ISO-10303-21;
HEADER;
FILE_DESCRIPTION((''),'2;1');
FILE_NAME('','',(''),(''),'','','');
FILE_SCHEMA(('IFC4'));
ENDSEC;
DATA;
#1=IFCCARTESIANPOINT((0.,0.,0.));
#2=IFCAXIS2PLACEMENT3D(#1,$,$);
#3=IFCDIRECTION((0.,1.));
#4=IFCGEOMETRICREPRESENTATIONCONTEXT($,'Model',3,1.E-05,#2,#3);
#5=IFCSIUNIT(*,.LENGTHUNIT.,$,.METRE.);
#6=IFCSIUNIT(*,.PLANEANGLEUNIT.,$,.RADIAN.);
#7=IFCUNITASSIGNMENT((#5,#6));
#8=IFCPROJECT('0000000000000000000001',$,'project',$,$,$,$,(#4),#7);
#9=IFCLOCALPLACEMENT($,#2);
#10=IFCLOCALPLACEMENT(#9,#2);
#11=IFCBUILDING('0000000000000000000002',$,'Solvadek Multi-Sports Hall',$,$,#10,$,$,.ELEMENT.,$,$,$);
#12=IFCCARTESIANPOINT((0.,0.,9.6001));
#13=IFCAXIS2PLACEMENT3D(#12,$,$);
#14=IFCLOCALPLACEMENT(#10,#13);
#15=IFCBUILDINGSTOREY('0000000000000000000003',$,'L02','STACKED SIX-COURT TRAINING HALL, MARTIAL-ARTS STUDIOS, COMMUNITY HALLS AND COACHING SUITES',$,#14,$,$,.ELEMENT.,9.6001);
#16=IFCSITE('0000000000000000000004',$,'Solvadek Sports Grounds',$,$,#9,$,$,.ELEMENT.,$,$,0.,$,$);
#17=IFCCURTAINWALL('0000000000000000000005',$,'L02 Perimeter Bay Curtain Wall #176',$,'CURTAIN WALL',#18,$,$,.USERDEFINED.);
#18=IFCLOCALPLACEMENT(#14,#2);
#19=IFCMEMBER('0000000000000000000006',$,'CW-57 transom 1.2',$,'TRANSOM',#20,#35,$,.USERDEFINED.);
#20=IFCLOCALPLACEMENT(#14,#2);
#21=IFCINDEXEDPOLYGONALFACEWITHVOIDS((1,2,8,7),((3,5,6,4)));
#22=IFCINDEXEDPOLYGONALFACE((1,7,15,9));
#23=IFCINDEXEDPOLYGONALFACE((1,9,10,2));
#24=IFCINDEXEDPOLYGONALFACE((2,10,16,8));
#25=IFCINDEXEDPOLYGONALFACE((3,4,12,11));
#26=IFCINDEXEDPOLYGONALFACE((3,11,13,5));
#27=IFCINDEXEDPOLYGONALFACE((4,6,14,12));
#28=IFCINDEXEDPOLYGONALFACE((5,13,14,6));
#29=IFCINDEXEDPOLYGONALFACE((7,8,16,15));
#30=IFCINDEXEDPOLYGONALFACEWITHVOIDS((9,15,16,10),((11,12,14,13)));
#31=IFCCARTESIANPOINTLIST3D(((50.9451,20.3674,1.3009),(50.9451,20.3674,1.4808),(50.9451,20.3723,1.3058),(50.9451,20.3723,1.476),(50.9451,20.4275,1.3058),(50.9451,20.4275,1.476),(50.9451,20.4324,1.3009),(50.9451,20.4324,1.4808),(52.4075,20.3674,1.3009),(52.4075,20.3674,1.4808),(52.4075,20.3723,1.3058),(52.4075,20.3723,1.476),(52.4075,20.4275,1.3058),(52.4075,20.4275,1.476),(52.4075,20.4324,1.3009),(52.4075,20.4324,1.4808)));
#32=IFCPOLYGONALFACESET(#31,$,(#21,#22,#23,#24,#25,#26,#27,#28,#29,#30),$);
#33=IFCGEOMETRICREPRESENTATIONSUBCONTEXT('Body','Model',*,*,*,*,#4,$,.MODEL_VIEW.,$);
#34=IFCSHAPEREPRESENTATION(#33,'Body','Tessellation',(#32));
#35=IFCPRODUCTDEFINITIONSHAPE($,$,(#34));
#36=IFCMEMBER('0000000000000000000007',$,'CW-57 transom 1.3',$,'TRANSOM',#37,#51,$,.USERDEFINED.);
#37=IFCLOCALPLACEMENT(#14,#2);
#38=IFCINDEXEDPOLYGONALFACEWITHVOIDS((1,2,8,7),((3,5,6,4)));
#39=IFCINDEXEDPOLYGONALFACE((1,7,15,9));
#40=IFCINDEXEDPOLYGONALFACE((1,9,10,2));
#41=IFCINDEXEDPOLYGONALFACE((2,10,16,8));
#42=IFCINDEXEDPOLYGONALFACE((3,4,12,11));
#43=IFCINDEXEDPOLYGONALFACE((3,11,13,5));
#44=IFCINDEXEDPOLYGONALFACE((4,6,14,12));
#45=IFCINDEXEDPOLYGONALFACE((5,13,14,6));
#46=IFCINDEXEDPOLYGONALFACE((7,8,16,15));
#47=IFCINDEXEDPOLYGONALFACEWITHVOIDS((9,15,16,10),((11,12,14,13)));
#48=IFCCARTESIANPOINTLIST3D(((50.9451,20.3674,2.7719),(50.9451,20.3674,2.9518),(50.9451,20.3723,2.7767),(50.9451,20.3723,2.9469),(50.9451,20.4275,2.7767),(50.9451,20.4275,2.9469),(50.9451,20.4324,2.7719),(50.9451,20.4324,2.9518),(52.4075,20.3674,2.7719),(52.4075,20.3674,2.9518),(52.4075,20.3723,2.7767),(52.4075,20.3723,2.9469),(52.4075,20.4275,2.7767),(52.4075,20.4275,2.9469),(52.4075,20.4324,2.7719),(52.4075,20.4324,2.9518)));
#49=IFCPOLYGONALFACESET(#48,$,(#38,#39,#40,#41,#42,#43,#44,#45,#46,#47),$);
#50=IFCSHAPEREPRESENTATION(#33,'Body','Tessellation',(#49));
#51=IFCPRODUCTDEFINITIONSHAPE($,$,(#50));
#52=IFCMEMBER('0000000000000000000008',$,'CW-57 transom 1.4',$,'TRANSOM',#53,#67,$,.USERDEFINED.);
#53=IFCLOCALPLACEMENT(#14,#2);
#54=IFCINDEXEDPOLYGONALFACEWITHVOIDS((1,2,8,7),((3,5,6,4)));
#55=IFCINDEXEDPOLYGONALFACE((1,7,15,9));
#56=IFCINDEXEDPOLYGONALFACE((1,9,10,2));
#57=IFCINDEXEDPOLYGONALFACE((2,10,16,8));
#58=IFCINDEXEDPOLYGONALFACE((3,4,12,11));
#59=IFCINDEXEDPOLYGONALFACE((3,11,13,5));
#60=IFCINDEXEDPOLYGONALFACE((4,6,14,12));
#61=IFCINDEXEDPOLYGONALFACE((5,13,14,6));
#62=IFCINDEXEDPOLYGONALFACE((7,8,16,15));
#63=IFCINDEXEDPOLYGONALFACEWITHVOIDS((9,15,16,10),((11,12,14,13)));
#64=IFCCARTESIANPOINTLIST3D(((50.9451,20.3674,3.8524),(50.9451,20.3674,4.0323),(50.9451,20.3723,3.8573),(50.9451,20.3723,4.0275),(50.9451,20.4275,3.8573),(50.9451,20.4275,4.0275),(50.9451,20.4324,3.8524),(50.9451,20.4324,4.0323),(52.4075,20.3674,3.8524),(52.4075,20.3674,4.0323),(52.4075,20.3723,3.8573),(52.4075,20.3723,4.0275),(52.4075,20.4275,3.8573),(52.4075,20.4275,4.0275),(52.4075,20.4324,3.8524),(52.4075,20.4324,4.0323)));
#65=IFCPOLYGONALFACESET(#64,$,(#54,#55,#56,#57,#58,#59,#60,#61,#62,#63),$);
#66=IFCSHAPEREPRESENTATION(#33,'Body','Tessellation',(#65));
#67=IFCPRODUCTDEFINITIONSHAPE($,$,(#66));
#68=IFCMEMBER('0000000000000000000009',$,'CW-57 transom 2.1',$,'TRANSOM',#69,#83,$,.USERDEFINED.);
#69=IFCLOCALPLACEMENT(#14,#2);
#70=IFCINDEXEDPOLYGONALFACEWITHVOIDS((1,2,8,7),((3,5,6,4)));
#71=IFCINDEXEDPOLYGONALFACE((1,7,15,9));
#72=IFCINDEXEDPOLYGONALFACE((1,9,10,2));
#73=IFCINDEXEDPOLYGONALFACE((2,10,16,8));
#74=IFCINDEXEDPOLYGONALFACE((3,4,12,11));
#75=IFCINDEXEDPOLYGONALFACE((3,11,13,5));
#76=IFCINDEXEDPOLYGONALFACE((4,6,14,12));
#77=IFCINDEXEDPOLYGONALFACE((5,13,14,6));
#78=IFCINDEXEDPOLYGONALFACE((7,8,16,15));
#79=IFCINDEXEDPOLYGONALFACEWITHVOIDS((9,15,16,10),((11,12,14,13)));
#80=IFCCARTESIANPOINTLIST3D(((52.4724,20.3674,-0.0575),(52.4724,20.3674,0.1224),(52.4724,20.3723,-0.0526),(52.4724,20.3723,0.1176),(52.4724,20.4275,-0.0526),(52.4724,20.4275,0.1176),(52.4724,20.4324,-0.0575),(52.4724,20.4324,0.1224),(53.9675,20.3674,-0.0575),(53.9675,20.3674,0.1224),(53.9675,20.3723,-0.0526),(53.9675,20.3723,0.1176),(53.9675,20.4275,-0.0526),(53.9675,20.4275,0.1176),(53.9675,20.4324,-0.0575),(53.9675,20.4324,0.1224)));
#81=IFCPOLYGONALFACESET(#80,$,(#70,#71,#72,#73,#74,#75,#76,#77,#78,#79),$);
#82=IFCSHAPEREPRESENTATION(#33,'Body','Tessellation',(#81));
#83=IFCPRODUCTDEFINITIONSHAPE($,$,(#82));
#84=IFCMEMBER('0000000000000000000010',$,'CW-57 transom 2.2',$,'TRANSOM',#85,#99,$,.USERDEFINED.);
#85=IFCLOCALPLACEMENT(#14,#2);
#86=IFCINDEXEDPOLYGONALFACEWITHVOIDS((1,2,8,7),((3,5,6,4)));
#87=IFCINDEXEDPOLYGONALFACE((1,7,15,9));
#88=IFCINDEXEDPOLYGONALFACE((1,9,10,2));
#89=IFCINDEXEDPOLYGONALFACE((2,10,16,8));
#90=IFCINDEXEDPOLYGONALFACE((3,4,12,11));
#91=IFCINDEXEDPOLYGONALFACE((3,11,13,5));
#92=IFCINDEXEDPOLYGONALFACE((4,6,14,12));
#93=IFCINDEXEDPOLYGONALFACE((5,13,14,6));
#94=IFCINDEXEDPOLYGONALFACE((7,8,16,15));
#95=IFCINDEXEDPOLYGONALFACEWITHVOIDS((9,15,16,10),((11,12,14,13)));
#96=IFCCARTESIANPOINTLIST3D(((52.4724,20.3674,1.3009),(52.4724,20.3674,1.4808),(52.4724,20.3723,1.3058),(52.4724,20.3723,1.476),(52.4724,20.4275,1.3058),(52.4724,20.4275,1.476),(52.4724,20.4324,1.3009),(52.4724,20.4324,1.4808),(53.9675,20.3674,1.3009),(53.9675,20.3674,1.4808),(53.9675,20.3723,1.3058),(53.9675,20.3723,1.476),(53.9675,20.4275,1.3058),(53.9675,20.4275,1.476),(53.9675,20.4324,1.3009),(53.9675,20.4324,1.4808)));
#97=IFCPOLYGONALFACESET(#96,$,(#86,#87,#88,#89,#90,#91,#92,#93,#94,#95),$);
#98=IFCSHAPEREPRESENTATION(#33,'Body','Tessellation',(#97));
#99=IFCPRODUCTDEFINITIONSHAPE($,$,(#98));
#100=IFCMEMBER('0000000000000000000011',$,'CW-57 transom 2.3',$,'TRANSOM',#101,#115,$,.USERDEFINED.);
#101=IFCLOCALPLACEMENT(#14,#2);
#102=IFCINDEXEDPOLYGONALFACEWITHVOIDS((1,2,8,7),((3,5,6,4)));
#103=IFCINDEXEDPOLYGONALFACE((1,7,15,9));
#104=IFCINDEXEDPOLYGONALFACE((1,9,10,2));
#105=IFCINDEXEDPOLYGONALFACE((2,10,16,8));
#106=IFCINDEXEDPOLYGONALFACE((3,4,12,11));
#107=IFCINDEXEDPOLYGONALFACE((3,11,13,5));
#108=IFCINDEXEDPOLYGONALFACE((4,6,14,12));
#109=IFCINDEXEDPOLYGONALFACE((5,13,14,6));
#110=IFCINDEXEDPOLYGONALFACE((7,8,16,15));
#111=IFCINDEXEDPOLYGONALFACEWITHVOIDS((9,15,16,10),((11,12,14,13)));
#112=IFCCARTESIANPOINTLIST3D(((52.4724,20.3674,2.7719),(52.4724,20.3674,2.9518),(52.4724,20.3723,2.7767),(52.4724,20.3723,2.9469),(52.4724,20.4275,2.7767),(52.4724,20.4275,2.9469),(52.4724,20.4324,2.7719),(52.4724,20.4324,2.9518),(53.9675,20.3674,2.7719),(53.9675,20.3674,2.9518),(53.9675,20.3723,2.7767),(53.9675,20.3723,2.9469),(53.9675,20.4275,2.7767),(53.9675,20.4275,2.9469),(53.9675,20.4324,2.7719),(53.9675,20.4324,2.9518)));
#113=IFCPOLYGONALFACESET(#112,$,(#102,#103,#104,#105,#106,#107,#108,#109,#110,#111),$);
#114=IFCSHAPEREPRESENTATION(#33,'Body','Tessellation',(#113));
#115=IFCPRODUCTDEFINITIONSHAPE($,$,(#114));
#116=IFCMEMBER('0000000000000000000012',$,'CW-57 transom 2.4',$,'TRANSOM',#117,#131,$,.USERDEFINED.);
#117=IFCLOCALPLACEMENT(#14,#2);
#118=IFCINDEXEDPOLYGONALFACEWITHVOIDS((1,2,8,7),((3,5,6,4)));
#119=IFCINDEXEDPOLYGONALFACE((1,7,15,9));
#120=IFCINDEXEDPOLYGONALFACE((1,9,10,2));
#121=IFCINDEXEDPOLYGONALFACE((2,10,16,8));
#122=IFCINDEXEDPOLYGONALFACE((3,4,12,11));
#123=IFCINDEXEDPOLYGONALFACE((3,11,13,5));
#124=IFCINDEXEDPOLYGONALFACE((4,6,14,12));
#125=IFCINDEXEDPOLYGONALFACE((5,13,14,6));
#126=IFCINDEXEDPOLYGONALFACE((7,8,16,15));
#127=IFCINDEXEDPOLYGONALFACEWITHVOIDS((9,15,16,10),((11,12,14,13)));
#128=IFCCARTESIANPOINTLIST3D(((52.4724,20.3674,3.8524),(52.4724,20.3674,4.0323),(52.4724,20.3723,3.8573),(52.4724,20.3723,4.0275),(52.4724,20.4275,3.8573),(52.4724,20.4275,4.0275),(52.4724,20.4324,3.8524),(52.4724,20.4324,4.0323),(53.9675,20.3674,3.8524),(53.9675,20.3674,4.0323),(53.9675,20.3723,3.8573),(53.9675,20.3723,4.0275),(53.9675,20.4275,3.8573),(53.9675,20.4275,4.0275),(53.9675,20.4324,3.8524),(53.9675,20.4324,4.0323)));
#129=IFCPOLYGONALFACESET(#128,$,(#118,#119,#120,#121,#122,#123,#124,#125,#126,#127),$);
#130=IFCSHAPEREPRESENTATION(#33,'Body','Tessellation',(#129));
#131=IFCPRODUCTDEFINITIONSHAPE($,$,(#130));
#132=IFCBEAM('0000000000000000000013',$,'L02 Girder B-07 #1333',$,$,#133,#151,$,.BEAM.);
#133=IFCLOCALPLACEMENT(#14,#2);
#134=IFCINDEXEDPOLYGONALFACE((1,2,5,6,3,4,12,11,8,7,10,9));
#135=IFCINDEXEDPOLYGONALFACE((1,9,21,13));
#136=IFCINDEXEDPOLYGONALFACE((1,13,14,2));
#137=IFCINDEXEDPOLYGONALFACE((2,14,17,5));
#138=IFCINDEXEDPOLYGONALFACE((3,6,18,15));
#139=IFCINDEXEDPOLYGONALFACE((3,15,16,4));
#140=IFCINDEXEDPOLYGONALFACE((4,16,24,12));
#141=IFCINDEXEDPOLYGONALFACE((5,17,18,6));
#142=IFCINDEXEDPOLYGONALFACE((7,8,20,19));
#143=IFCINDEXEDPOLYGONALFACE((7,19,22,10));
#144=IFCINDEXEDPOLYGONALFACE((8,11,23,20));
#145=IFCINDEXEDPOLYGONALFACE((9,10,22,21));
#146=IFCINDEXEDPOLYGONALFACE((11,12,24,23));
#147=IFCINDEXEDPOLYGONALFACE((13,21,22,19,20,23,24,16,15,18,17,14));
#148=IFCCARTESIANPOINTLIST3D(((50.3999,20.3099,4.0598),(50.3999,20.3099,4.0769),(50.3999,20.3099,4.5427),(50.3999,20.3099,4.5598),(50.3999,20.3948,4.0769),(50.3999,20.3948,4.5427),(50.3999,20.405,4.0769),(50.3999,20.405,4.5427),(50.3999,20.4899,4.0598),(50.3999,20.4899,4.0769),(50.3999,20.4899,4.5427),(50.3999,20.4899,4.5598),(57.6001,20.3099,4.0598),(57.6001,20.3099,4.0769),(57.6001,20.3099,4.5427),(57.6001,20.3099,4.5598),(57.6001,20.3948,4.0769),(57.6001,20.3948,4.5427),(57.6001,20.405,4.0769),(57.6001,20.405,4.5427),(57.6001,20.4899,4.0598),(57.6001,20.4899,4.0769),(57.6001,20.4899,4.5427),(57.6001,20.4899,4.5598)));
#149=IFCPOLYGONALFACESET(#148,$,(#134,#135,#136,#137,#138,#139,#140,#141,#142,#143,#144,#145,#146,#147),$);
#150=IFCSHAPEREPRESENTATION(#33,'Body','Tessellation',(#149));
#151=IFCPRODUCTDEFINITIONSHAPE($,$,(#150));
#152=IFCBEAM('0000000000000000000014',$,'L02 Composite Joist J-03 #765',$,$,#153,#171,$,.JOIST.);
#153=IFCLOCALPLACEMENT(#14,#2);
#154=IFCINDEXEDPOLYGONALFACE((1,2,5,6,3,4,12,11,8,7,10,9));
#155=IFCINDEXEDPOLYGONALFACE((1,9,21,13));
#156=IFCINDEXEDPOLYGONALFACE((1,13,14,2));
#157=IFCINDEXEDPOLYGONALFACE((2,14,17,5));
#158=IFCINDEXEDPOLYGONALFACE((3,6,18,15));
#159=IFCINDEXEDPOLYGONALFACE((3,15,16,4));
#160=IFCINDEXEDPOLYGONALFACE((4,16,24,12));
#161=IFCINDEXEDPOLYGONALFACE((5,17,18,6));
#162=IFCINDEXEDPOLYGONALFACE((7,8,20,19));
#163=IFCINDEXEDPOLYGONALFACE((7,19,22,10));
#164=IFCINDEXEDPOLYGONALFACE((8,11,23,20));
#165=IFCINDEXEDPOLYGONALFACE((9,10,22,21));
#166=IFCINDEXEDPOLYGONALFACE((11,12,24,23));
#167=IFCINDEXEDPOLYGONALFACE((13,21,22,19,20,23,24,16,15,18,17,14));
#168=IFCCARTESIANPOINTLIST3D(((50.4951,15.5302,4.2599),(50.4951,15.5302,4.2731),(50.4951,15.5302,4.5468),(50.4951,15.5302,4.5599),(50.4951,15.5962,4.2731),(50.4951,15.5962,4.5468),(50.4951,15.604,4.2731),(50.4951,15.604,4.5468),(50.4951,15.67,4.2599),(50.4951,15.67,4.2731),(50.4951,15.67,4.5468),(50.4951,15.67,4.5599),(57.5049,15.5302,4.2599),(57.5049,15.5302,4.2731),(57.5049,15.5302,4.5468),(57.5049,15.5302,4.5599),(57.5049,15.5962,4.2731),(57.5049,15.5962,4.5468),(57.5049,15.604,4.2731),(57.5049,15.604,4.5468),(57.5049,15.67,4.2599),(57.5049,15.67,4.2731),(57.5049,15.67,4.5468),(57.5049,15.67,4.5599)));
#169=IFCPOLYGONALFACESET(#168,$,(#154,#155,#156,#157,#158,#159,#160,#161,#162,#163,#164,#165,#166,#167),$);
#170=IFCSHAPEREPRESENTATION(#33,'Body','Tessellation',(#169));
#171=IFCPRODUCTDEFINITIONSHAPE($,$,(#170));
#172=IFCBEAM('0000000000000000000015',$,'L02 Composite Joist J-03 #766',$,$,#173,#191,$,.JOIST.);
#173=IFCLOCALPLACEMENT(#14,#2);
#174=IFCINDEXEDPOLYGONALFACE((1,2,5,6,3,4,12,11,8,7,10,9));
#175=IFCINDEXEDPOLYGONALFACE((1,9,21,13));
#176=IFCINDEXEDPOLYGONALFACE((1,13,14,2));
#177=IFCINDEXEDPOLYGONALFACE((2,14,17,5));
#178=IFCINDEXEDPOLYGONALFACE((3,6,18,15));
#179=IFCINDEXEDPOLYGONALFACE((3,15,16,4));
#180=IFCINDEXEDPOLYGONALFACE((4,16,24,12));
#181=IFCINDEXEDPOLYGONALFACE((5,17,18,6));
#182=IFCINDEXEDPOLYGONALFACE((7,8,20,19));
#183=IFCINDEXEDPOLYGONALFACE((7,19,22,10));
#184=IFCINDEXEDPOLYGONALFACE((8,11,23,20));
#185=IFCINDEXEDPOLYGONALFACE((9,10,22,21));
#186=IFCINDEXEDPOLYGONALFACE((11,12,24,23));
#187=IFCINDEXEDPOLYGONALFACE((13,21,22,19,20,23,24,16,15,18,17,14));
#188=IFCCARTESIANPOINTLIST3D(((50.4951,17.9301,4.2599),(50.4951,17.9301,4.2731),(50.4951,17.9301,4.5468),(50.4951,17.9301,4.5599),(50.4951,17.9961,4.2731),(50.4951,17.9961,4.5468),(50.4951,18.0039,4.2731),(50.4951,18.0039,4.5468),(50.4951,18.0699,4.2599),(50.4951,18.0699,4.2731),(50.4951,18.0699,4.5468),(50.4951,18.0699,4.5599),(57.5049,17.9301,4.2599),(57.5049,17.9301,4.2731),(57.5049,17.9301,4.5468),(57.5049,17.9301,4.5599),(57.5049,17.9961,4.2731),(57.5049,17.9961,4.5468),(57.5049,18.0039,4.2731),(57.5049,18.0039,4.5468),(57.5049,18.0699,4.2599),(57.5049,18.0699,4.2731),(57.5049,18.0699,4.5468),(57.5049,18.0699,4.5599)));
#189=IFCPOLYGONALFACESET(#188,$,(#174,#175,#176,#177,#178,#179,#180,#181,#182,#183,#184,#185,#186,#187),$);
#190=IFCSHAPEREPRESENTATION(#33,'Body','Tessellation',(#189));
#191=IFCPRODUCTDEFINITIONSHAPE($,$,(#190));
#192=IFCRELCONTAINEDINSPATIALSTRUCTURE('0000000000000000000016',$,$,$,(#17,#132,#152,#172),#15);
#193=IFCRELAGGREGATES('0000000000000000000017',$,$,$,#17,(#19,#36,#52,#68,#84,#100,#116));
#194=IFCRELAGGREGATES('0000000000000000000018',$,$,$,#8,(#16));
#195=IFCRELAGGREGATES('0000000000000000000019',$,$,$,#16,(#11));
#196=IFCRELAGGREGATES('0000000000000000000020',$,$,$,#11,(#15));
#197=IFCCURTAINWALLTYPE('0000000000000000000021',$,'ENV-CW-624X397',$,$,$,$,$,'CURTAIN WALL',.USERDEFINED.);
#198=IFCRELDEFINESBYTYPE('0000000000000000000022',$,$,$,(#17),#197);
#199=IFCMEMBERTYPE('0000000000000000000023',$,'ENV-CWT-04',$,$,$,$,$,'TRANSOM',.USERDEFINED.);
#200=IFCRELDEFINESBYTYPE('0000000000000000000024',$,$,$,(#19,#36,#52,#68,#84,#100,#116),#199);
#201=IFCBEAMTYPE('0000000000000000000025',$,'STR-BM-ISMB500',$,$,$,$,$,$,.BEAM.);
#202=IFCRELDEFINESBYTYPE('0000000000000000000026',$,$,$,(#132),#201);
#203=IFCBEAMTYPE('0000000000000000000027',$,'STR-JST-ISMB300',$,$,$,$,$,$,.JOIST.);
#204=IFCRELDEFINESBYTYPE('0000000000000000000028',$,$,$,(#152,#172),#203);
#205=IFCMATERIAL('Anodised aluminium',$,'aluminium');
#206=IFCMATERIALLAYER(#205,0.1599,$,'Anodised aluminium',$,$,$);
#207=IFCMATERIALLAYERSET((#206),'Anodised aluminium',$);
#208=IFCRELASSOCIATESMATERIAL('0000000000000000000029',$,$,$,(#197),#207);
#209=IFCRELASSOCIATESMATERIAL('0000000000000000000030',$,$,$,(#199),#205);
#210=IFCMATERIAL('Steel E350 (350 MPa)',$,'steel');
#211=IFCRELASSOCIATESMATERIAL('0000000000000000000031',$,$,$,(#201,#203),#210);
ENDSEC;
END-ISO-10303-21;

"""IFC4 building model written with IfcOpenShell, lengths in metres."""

from ifc_helpers import new_model, si_unit, direction, frame, origin, origin_2d, place, context, subcontext, project, spatial, hollow_rectangle, i_section, extrude, material, layer, layer_set, material_profile, profile_set, type_object, element, aggregate, save


model = new_model("IFC4")

# Units and contexts
model_context = context("Model", 3, precision=1e-05, world=origin(), true_north=direction((0.0, 1.0)))
body_context = subcontext(model_context, "Body", "Model", "MODEL_VIEW")
ifc_project = project(units=[si_unit("LENGTHUNIT", "METRE"), si_unit("PLANEANGLEUNIT", "RADIAN")], contexts=[model_context])

# Site, building, storey
site_placement = place(None, origin())
site = spatial("IfcSite", under=ifc_project, at=site_placement, Name="Solvadek Sports Grounds", CompositionType="ELEMENT", RefElevation=0.0)
building_placement = place(site_placement, origin())
building = spatial("IfcBuilding", under=site, at=building_placement, Name="Solvadek Multi-Sports Hall", CompositionType="ELEMENT")
storey_placement = place(building_placement, frame((0.0, 0.0, 9.6001)))
storey = spatial("IfcBuildingStorey", under=building, at=storey_placement, Name="L02", Description="STACKED SIX-COURT TRAINING HALL, MARTIAL-ARTS STUDIOS, COMMUNITY HALLS AND COACHING SUITES", CompositionType="ELEMENT", Elevation=9.6001)

# Shared definitions
ifc_material_1 = material(Name="Steel E350 (350 MPa)", Category="steel")

# Curtain wall
ifc_material_2 = material(Name="Anodised aluminium", Category="aluminium")
ifc_layer_1 = layer(ifc_material_2, 0.1599, Name="Anodised aluminium")
ifc_layer_set_1 = layer_set([ifc_layer_1], Name="Anodised aluminium")
curtain_wall_type_1 = type_object("IfcCurtainWallType", Name="ENV-CW-624X397", ElementType="CURTAIN WALL", PredefinedType="USERDEFINED", material=ifc_layer_set_1)
curtain_wall_1_placement = place(storey_placement, origin())
curtain_wall_1 = element("IfcCurtainWall", 1, at=curtain_wall_1_placement, inside=storey, type_object=curtain_wall_type_1, Name="L02 Perimeter Bay Curtain Wall #176", ObjectType="CURTAIN WALL", PredefinedType="USERDEFINED")

# Members
ifc_material_profile_1 = material_profile(ifc_material_2, hollow_rectangle(XDim=0.0649, YDim=0.1799, WallThickness=0.0049, at=origin_2d()), Name="ALU-T 180x65x5")
ifc_profile_set_1 = profile_set([ifc_material_profile_1], Name="Anodised aluminium")
member_type_1 = type_object("IfcMemberType", Name="ENV-CWT-04", ElementType="TRANSOM", PredefinedType="USERDEFINED", material=ifc_profile_set_1)
member_1_placement = place(storey_placement, frame((50.9451, 20.3999, 1.3909), z_axis=(1.0, 0.0, 0.0), x_axis=(0.0, 1.0, 0.0)))
member_1 = element("IfcMember", 2, at=member_1_placement, type_object=member_type_1, Name="CW-57 transom 1.2", ObjectType="TRANSOM", PredefinedType="USERDEFINED", context=body_context, shape_type="SweptSolid", body=[
    extrude(hollow_rectangle(XDim=0.0649, YDim=0.1799, WallThickness=0.0049, at=origin_2d()), origin(), (0.0, 0.0, 1.0), 1.4624),
])
member_2_placement = place(storey_placement, frame((50.9451, 20.3999, 2.8618), z_axis=(1.0, 0.0, 0.0), x_axis=(0.0, 1.0, 0.0)))
member_2 = element("IfcMember", 3, at=member_2_placement, type_object=member_type_1, Name="CW-57 transom 1.3", ObjectType="TRANSOM", PredefinedType="USERDEFINED", context=body_context, shape_type="SweptSolid", body=[
    extrude(hollow_rectangle(XDim=0.0649, YDim=0.1799, WallThickness=0.0049, at=origin_2d()), origin(), (0.0, 0.0, 1.0), 1.4624),
])
member_3_placement = place(storey_placement, frame((50.9451, 20.3999, 3.9424), z_axis=(1.0, 0.0, 0.0), x_axis=(0.0, 1.0, 0.0)))
member_3 = element("IfcMember", 4, at=member_3_placement, type_object=member_type_1, Name="CW-57 transom 1.4", ObjectType="TRANSOM", PredefinedType="USERDEFINED", context=body_context, shape_type="SweptSolid", body=[
    extrude(hollow_rectangle(XDim=0.0649, YDim=0.1799, WallThickness=0.0049, at=origin_2d()), origin(), (0.0, 0.0, 1.0), 1.4624),
])
member_4_placement = place(storey_placement, frame((52.4724, 20.3999, 0.0325), z_axis=(1.0, 0.0, 0.0), x_axis=(0.0, 1.0, 0.0)))
member_4 = element("IfcMember", 5, at=member_4_placement, type_object=member_type_1, Name="CW-57 transom 2.1", ObjectType="TRANSOM", PredefinedType="USERDEFINED", context=body_context, shape_type="SweptSolid", body=[
    extrude(hollow_rectangle(XDim=0.0649, YDim=0.1799, WallThickness=0.0049, at=origin_2d()), origin(), (0.0, 0.0, 1.0), 1.4951),
])
member_5_placement = place(storey_placement, frame((52.4724, 20.3999, 1.3909), z_axis=(1.0, 0.0, 0.0), x_axis=(0.0, 1.0, 0.0)))
member_5 = element("IfcMember", 6, at=member_5_placement, type_object=member_type_1, Name="CW-57 transom 2.2", ObjectType="TRANSOM", PredefinedType="USERDEFINED", context=body_context, shape_type="SweptSolid", body=[
    extrude(hollow_rectangle(XDim=0.0649, YDim=0.1799, WallThickness=0.0049, at=origin_2d()), origin(), (0.0, 0.0, 1.0), 1.4951),
])
member_6_placement = place(storey_placement, frame((52.4724, 20.3999, 2.8618), z_axis=(1.0, 0.0, 0.0), x_axis=(0.0, 1.0, 0.0)))
member_6 = element("IfcMember", 7, at=member_6_placement, type_object=member_type_1, Name="CW-57 transom 2.3", ObjectType="TRANSOM", PredefinedType="USERDEFINED", context=body_context, shape_type="SweptSolid", body=[
    extrude(hollow_rectangle(XDim=0.0649, YDim=0.1799, WallThickness=0.0049, at=origin_2d()), origin(), (0.0, 0.0, 1.0), 1.4951),
])
member_7_placement = place(storey_placement, frame((52.4724, 20.3999, 3.9424), z_axis=(1.0, 0.0, 0.0), x_axis=(0.0, 1.0, 0.0)))
member_7 = element("IfcMember", 8, at=member_7_placement, type_object=member_type_1, Name="CW-57 transom 2.4", ObjectType="TRANSOM", PredefinedType="USERDEFINED", context=body_context, shape_type="SweptSolid", body=[
    extrude(hollow_rectangle(XDim=0.0649, YDim=0.1799, WallThickness=0.0049, at=origin_2d()), origin(), (0.0, 0.0, 1.0), 1.4951),
])

# Beams
ifc_material_profile_2 = material_profile(ifc_material_1, i_section(OverallWidth=0.1799, OverallDepth=0.5, WebThickness=0.0103, FlangeThickness=0.0171, at=origin_2d()), Name="ISMB 500")
ifc_profile_set_2 = profile_set([ifc_material_profile_2], Name="Steel E350 (350 MPa)")
beam_type_1 = type_object("IfcBeamType", Name="STR-BM-ISMB500", PredefinedType="BEAM", material=ifc_profile_set_2)
beam_placement = place(storey_placement, frame((50.3999, 20.3999, 4.3098), z_axis=(1.0, 0.0, 0.0), x_axis=(0.0, 1.0, 0.0)))
element("IfcBeam", 9, at=beam_placement, inside=storey, type_object=beam_type_1, Name="L02 Girder B-07 #1333", PredefinedType="BEAM", context=body_context, shape_type="SweptSolid", body=[
    extrude(i_section(OverallWidth=0.1799, OverallDepth=0.5, WebThickness=0.0103, FlangeThickness=0.0171, at=origin_2d()), origin(), (0.0, 0.0, 1.0), 7.2002),
])
ifc_material_profile_3 = material_profile(ifc_material_1, i_section(OverallWidth=0.1399, OverallDepth=0.3, WebThickness=0.0078, FlangeThickness=0.0132, at=origin_2d()), Name="ISMB 300")
ifc_profile_set_3 = profile_set([ifc_material_profile_3], Name="Steel E350 (350 MPa)")
beam_type_2 = type_object("IfcBeamType", Name="STR-JST-ISMB300", PredefinedType="JOIST", material=ifc_profile_set_3)
for number, where, z_axis, x_axis, name in (
    (10, (50.4951, 15.6001, 4.4099), (1.0, 0.0, 0.0), (0.0, 1.0, 0.0), "L02 Composite Joist J-03 #765"),
    (11, (50.4951, 18.0, 4.4099), (1.0, 0.0, 0.0), (0.0, 1.0, 0.0), "L02 Composite Joist J-03 #766"),
):
    element("IfcBeam", number, at=place(storey_placement, frame(where, z_axis=z_axis, x_axis=x_axis)), inside=storey, type_object=beam_type_2, Name=name, PredefinedType="JOIST", context=body_context, shape_type="SweptSolid", body=[
        extrude(i_section(OverallWidth=0.1399, OverallDepth=0.3, WebThickness=0.0078, FlangeThickness=0.0132, at=origin_2d()), origin(), (0.0, 0.0, 1.0), 7.0098),
    ])

aggregate(curtain_wall_1, [member_1, member_2, member_3, member_4, member_5, member_6, member_7])

save(model, "model.ifc")
